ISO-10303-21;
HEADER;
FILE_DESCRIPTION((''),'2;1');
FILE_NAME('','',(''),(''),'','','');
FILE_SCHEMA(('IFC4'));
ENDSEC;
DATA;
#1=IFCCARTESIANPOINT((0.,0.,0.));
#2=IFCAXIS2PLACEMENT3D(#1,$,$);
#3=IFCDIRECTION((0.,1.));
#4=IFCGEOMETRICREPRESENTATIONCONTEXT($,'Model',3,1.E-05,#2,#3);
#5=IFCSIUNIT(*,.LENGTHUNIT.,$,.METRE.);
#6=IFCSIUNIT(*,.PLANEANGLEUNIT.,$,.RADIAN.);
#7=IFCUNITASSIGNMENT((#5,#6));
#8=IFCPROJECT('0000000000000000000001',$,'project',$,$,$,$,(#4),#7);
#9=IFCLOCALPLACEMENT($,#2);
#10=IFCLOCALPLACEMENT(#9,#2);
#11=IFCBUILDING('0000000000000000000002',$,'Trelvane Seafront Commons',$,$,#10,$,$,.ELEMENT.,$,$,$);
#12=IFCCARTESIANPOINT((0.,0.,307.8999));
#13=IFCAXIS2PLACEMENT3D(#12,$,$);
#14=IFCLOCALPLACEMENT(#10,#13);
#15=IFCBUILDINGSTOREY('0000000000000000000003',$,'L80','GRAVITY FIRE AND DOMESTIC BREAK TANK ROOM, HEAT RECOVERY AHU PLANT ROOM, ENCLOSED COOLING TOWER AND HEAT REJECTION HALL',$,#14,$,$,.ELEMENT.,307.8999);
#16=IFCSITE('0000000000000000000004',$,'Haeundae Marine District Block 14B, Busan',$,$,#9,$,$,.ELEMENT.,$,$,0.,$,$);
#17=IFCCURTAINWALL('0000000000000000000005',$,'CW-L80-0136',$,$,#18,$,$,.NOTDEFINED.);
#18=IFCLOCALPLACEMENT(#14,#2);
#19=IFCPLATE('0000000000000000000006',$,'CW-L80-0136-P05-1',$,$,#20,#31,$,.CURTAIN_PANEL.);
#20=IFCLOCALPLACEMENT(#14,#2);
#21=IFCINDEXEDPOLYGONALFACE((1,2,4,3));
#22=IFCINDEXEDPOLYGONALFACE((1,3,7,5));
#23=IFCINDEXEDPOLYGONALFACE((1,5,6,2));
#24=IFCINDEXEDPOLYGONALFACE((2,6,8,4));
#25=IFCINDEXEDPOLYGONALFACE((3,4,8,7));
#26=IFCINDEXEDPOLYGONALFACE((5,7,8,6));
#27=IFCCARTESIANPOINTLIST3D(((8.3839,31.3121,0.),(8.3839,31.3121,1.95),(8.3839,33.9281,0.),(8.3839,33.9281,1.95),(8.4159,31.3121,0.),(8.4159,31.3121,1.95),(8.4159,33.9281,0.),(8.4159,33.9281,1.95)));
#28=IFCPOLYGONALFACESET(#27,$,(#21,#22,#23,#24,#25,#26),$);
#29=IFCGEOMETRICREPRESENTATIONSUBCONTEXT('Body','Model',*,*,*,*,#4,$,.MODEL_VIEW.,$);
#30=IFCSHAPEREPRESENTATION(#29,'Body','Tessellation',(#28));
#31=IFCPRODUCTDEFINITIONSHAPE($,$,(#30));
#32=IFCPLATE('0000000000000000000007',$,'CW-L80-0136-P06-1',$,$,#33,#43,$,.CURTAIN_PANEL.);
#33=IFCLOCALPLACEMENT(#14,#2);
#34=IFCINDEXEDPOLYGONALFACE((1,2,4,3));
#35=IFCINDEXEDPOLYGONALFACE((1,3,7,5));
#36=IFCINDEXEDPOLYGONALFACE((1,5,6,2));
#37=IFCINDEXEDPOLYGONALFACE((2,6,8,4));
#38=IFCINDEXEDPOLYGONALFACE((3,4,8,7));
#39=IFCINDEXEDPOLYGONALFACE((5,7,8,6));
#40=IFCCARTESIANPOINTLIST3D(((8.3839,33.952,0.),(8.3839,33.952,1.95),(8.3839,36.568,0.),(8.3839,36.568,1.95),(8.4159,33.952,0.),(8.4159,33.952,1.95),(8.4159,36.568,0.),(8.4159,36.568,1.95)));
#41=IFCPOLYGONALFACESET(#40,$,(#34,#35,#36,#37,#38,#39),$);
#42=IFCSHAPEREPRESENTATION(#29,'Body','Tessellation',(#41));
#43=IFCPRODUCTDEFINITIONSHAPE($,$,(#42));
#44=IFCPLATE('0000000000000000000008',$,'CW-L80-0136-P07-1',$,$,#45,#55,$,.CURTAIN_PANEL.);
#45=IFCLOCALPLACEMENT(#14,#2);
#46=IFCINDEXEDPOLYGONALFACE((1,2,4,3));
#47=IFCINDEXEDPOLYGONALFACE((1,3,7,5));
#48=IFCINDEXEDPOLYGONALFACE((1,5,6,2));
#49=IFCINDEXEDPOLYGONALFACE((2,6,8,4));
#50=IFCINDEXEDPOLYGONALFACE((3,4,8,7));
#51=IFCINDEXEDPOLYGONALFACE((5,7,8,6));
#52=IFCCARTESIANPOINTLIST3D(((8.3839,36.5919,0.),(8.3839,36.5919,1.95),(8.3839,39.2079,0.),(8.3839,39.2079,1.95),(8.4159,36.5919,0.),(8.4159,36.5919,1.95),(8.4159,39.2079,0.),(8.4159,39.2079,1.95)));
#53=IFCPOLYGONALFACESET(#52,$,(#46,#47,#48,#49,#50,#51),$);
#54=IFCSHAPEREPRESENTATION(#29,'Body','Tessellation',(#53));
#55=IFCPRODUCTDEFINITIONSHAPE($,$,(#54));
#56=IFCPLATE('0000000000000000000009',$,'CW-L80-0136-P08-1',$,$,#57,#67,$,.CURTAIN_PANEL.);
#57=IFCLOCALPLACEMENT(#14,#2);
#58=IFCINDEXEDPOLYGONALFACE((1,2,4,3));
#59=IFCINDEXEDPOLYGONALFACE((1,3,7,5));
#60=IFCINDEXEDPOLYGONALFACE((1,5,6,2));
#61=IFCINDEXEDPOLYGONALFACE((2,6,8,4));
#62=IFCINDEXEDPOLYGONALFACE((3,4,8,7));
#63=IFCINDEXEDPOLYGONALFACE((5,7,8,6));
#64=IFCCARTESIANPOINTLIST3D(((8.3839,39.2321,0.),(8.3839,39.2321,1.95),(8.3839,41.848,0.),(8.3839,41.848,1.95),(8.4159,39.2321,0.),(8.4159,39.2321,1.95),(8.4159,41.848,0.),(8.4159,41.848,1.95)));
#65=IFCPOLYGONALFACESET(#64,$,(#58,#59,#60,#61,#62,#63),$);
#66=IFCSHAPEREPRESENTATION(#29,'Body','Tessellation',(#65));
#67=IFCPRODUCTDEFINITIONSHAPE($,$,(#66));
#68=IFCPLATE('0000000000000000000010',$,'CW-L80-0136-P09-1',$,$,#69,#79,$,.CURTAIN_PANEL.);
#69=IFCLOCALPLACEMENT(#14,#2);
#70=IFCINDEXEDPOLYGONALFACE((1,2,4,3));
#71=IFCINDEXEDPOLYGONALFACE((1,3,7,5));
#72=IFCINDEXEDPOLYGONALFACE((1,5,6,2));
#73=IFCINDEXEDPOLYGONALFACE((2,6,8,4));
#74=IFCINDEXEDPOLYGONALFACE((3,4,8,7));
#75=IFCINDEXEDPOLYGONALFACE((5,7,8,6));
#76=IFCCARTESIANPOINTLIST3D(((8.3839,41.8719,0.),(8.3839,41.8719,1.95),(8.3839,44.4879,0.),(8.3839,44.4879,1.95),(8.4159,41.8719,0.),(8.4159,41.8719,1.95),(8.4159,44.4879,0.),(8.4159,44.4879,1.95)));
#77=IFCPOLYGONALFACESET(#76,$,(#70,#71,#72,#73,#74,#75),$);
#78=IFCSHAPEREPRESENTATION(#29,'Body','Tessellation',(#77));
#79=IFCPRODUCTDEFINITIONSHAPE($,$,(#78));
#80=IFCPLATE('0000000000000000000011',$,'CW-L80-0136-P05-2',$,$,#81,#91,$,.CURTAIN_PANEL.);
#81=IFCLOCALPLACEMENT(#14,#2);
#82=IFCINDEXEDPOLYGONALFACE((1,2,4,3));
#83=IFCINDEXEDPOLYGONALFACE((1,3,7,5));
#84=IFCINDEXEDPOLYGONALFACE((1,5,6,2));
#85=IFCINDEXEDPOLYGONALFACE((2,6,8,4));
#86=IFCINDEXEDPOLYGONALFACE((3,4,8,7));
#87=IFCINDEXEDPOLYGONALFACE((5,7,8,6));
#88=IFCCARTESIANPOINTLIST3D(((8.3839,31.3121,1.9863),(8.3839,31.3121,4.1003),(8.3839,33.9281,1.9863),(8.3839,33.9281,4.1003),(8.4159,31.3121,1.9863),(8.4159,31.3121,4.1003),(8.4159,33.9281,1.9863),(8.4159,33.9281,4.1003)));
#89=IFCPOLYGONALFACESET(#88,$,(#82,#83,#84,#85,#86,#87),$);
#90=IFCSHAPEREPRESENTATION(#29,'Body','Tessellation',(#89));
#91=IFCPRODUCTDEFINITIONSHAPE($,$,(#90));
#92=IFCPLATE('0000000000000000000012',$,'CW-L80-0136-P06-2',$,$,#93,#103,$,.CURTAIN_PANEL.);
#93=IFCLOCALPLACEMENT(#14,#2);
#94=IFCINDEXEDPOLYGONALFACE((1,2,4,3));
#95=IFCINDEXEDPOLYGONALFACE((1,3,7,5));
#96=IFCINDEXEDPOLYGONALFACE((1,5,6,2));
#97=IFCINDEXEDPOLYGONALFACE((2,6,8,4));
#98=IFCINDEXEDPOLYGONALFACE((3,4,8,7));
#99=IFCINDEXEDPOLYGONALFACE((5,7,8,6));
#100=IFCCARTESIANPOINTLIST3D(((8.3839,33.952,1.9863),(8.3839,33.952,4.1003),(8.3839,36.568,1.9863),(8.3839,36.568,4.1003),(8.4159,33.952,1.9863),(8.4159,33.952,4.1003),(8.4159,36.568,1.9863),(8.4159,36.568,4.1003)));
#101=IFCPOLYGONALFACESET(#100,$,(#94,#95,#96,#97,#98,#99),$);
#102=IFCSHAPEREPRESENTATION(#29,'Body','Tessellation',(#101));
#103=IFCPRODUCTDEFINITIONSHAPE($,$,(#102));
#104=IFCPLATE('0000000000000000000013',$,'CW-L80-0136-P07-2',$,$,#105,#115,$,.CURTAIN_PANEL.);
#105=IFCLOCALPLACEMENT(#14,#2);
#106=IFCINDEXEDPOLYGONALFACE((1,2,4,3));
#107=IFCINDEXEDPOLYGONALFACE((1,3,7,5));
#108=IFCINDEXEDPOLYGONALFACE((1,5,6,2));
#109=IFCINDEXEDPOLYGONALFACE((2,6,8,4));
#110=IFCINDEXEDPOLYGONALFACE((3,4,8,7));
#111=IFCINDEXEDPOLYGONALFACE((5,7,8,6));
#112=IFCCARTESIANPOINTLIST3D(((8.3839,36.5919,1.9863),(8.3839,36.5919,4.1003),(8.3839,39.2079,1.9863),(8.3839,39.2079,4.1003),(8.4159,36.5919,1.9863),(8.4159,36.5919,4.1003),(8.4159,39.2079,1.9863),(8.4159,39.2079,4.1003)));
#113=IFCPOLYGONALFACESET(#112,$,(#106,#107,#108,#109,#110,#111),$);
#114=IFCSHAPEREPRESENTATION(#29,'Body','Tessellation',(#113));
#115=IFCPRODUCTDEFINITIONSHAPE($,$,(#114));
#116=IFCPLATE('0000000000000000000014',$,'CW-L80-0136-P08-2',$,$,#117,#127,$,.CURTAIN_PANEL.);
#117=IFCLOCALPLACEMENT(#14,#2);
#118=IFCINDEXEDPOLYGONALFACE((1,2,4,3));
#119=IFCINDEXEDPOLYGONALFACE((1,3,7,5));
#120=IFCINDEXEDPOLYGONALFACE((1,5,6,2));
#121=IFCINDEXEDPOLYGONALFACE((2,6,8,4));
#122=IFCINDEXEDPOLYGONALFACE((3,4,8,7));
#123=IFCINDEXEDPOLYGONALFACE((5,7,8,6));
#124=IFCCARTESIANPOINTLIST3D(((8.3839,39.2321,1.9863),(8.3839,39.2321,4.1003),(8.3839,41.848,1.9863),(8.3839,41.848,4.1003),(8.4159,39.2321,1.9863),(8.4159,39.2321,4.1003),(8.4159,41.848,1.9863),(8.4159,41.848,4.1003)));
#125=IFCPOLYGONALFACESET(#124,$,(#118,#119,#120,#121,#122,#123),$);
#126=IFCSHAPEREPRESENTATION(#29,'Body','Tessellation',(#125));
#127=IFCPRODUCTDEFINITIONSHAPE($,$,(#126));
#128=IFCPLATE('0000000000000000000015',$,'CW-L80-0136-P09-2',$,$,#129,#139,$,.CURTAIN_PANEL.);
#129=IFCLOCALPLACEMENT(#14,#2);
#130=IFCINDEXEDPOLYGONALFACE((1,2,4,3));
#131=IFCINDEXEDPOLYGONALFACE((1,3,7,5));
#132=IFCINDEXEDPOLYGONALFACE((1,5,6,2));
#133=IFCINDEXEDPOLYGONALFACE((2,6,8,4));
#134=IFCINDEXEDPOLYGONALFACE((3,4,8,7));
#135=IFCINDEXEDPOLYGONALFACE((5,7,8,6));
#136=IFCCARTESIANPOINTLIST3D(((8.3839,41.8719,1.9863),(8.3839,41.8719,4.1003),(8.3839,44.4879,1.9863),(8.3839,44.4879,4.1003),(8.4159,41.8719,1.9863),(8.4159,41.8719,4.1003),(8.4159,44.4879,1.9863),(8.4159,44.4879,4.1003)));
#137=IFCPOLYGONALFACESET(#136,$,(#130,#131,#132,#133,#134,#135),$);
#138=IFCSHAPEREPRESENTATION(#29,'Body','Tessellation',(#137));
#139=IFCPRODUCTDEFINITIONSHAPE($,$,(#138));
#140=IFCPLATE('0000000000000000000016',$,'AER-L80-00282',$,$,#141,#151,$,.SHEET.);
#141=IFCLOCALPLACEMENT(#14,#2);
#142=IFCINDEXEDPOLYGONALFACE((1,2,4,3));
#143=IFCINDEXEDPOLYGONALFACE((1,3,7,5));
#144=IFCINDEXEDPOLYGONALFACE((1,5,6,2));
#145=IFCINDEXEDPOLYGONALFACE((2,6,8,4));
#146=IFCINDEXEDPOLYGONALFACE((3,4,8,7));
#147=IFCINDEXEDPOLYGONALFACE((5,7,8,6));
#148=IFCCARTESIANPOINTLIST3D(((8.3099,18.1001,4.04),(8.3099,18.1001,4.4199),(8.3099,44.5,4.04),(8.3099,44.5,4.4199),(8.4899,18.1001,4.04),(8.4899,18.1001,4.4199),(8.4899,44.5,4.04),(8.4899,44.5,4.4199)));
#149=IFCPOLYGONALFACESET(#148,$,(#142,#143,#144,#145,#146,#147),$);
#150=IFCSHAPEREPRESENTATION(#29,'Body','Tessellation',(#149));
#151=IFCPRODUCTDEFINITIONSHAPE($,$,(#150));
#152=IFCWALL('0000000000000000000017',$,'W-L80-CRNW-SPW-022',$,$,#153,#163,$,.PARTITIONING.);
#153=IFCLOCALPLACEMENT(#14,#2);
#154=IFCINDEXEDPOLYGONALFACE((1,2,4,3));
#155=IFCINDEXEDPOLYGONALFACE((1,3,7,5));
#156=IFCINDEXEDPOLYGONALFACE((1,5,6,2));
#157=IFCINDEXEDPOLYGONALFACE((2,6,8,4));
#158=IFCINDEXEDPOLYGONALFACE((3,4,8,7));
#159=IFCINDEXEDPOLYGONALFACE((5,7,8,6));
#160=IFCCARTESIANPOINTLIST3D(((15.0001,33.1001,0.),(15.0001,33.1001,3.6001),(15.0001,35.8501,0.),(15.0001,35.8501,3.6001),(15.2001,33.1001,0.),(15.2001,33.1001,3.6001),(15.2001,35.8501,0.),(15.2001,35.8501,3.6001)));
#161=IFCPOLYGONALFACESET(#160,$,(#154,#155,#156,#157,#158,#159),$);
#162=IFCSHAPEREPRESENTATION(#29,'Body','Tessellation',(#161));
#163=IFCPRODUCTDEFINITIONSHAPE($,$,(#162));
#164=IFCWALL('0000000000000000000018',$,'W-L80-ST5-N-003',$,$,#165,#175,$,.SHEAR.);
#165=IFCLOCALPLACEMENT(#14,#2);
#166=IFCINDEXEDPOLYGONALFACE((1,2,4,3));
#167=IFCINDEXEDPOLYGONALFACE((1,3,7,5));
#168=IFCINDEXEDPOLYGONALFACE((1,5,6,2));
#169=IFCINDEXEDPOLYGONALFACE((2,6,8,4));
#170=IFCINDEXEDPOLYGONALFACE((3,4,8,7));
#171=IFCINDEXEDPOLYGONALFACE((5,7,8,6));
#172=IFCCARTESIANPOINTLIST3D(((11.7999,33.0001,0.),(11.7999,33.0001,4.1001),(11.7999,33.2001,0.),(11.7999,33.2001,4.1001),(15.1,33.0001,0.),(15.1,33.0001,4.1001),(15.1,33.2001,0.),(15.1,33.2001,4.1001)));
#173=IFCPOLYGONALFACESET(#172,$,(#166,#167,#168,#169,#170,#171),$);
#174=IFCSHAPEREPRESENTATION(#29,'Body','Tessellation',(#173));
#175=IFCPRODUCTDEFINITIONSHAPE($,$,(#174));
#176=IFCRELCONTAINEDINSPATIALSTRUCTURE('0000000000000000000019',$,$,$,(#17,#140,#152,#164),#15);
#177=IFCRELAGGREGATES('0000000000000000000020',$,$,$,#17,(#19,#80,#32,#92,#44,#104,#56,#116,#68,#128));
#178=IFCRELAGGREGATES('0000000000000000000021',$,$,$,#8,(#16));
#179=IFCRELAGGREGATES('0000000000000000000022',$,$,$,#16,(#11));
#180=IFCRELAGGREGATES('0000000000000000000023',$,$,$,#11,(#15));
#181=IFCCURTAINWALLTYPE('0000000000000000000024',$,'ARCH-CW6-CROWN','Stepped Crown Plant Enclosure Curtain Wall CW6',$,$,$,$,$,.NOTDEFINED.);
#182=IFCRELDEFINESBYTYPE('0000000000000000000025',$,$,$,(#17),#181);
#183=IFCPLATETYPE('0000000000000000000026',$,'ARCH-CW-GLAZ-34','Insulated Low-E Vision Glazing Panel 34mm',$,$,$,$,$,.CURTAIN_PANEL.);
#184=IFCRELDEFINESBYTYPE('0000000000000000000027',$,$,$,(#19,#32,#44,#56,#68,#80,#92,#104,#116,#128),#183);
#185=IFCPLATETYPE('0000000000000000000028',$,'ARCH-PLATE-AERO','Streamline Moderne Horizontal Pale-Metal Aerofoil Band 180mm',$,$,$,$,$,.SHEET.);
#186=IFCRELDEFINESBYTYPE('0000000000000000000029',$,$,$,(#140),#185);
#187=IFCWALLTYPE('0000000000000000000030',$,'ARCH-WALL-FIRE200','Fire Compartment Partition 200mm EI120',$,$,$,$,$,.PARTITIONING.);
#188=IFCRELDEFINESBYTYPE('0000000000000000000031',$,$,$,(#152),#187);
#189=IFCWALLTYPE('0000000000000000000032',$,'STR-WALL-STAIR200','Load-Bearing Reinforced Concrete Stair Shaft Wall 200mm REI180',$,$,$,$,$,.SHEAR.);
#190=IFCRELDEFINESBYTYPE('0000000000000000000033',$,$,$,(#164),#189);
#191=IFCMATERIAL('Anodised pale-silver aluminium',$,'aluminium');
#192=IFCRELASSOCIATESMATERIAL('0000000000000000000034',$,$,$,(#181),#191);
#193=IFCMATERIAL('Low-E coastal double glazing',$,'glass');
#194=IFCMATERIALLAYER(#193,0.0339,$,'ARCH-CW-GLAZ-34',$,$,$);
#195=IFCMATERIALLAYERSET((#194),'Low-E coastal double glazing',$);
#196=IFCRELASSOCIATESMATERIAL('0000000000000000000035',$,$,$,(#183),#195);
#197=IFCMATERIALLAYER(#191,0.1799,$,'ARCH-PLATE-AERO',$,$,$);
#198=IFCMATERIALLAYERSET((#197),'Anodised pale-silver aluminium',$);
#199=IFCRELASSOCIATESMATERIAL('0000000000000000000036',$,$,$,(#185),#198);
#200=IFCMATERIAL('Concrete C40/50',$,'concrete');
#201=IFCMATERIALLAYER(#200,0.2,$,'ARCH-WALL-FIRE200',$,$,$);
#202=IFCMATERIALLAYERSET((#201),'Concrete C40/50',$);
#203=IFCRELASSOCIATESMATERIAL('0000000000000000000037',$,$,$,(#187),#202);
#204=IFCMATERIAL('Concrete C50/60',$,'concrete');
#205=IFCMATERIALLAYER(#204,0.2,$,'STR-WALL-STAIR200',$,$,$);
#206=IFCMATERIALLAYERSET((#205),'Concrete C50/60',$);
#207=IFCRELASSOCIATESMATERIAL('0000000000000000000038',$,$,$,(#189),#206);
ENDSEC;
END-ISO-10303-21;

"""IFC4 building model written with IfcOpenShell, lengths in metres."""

from ifc_helpers import new_model, si_unit, direction, frame, frame_2d, origin, origin_2d, place, context, subcontext, project, spatial, rectangle, extrude, source, transform, mapped, material, layer, layer_set, type_object, element, aggregate, save


model = new_model("IFC4")

# Units and contexts
model_context = context("Model", 3, precision=1e-05, world=origin(), true_north=direction((0.0, 1.0)))
body_context = subcontext(model_context, "Body", "Model", "MODEL_VIEW")
ifc_project = project(units=[si_unit("LENGTHUNIT", "METRE"), si_unit("PLANEANGLEUNIT", "RADIAN")], contexts=[model_context])

# Site, building, storey
site_placement = place(None, origin())
site = spatial("IfcSite", under=ifc_project, at=site_placement, Name="Haeundae Marine District Block 14B, Busan", CompositionType="ELEMENT", RefElevation=0.0)
building_placement = place(site_placement, origin())
building = spatial("IfcBuilding", under=site, at=building_placement, Name="Trelvane Seafront Commons", CompositionType="ELEMENT")
storey_placement = place(building_placement, frame((0.0, 0.0, 307.8999)))
storey = spatial("IfcBuildingStorey", under=building, at=storey_placement, Name="L80", Description="GRAVITY FIRE AND DOMESTIC BREAK TANK ROOM, HEAT RECOVERY AHU PLANT ROOM, ENCLOSED COOLING TOWER AND HEAT REJECTION HALL", CompositionType="ELEMENT", Elevation=307.8999)

# Curtain wall
ifc_material_1 = material(Name="Anodised pale-silver aluminium", Category="aluminium")
curtain_wall_type = type_object("IfcCurtainWallType", Name="ARCH-CW6-CROWN", Description="Stepped Crown Plant Enclosure Curtain Wall CW6", PredefinedType="NOTDEFINED", material=ifc_material_1)
curtain_wall_placement = place(storey_placement, origin())
curtain_wall = element("IfcCurtainWall", 1, at=curtain_wall_placement, inside=storey, type_object=curtain_wall_type, Name="CW-L80-0136", PredefinedType="NOTDEFINED")

# Plates
ifc_material_2 = material(Name="Low-E coastal double glazing", Category="glass")
ifc_layer_1 = layer(ifc_material_2, 0.0339, Name="ARCH-CW-GLAZ-34")
ifc_layer_set_1 = layer_set([ifc_layer_1], Name="Low-E coastal double glazing")
plate_type_1 = type_object("IfcPlateType", Name="ARCH-CW-GLAZ-34", Description="Insulated Low-E Vision Glazing Panel 34mm", PredefinedType="CURTAIN_PANEL", material=ifc_layer_set_1)
shared_shape_1 = source(origin(), body_context, "Body", "SweptSolid", [
    extrude(rectangle(XDim=2.616, YDim=0.032, at=origin_2d()), origin(), (0.0, 0.0, 1.0), 1.95),
])
plate_1_placement = place(storey_placement, frame((8.3999, 32.6201, 0.0), z_axis=(0.0, 0.0, 1.0), x_axis=(0.0, 1.0, 0.0)))
plate_1 = element("IfcPlate", 2, at=plate_1_placement, type_object=plate_type_1, Name="CW-L80-0136-P05-1", PredefinedType="CURTAIN_PANEL", context=body_context, shape_type="MappedRepresentation", body=[
    mapped(shared_shape_1, transform((0.0, 0.0, 0.0), x_axis=(1.0, 0.0, 0.0), y_axis=(0.0, 1.0, 0.0), z_axis=(0.0, 0.0, 1.0), scale=1.0)),
])
plate_2_placement = place(storey_placement, frame((8.3999, 35.26, 0.0), z_axis=(0.0, 0.0, 1.0), x_axis=(0.0, 1.0, 0.0)))
plate_2 = element("IfcPlate", 3, at=plate_2_placement, type_object=plate_type_1, Name="CW-L80-0136-P06-1", PredefinedType="CURTAIN_PANEL", context=body_context, shape_type="MappedRepresentation", body=[
    mapped(shared_shape_1, transform((0.0, 0.0, 0.0), x_axis=(1.0, 0.0, 0.0), y_axis=(0.0, 1.0, 0.0), z_axis=(0.0, 0.0, 1.0), scale=1.0)),
])
plate_3_placement = place(storey_placement, frame((8.3999, 37.8999, 0.0), z_axis=(0.0, 0.0, 1.0), x_axis=(0.0, 1.0, 0.0)))
plate_3 = element("IfcPlate", 4, at=plate_3_placement, type_object=plate_type_1, Name="CW-L80-0136-P07-1", PredefinedType="CURTAIN_PANEL", context=body_context, shape_type="MappedRepresentation", body=[
    mapped(shared_shape_1, transform((0.0, 0.0, 0.0), x_axis=(1.0, 0.0, 0.0), y_axis=(0.0, 1.0, 0.0), z_axis=(0.0, 0.0, 1.0), scale=1.0)),
])
plate_4_placement = place(storey_placement, frame((8.3999, 40.54, 0.0), z_axis=(0.0, 0.0, 1.0), x_axis=(0.0, 1.0, 0.0)))
plate_4 = element("IfcPlate", 5, at=plate_4_placement, type_object=plate_type_1, Name="CW-L80-0136-P08-1", PredefinedType="CURTAIN_PANEL", context=body_context, shape_type="MappedRepresentation", body=[
    mapped(shared_shape_1, transform((0.0, 0.0, 0.0), x_axis=(1.0, 0.0, 0.0), y_axis=(0.0, 1.0, 0.0), z_axis=(0.0, 0.0, 1.0), scale=1.0)),
])
plate_5_placement = place(storey_placement, frame((8.3999, 43.1799, 0.0), z_axis=(0.0, 0.0, 1.0), x_axis=(0.0, 1.0, 0.0)))
plate_5 = element("IfcPlate", 6, at=plate_5_placement, type_object=plate_type_1, Name="CW-L80-0136-P09-1", PredefinedType="CURTAIN_PANEL", context=body_context, shape_type="MappedRepresentation", body=[
    mapped(shared_shape_1, transform((0.0, 0.0, 0.0), x_axis=(1.0, 0.0, 0.0), y_axis=(0.0, 1.0, 0.0), z_axis=(0.0, 0.0, 1.0), scale=1.0)),
])
shared_shape_2 = source(origin(), body_context, "Body", "SweptSolid", [
    extrude(rectangle(XDim=2.616, YDim=0.032, at=origin_2d()), origin(), (0.0, 0.0, 1.0), 2.114),
])
plate_6_placement = place(storey_placement, frame((8.3999, 32.6201, 1.9863), z_axis=(0.0, 0.0, 1.0), x_axis=(0.0, 1.0, 0.0)))
plate_6 = element("IfcPlate", 7, at=plate_6_placement, type_object=plate_type_1, Name="CW-L80-0136-P05-2", PredefinedType="CURTAIN_PANEL", context=body_context, shape_type="MappedRepresentation", body=[
    mapped(shared_shape_2, transform((0.0, 0.0, 0.0), x_axis=(1.0, 0.0, 0.0), y_axis=(0.0, 1.0, 0.0), z_axis=(0.0, 0.0, 1.0), scale=1.0)),
])
plate_7_placement = place(storey_placement, frame((8.3999, 35.26, 1.9863), z_axis=(0.0, 0.0, 1.0), x_axis=(0.0, 1.0, 0.0)))
plate_7 = element("IfcPlate", 8, at=plate_7_placement, type_object=plate_type_1, Name="CW-L80-0136-P06-2", PredefinedType="CURTAIN_PANEL", context=body_context, shape_type="MappedRepresentation", body=[
    mapped(shared_shape_2, transform((0.0, 0.0, 0.0), x_axis=(1.0, 0.0, 0.0), y_axis=(0.0, 1.0, 0.0), z_axis=(0.0, 0.0, 1.0), scale=1.0)),
])
plate_8_placement = place(storey_placement, frame((8.3999, 37.8999, 1.9863), z_axis=(0.0, 0.0, 1.0), x_axis=(0.0, 1.0, 0.0)))
plate_8 = element("IfcPlate", 9, at=plate_8_placement, type_object=plate_type_1, Name="CW-L80-0136-P07-2", PredefinedType="CURTAIN_PANEL", context=body_context, shape_type="MappedRepresentation", body=[
    mapped(shared_shape_2, transform((0.0, 0.0, 0.0), x_axis=(1.0, 0.0, 0.0), y_axis=(0.0, 1.0, 0.0), z_axis=(0.0, 0.0, 1.0), scale=1.0)),
])
plate_9_placement = place(storey_placement, frame((8.3999, 40.54, 1.9863), z_axis=(0.0, 0.0, 1.0), x_axis=(0.0, 1.0, 0.0)))
plate_9 = element("IfcPlate", 10, at=plate_9_placement, type_object=plate_type_1, Name="CW-L80-0136-P08-2", PredefinedType="CURTAIN_PANEL", context=body_context, shape_type="MappedRepresentation", body=[
    mapped(shared_shape_2, transform((0.0, 0.0, 0.0), x_axis=(1.0, 0.0, 0.0), y_axis=(0.0, 1.0, 0.0), z_axis=(0.0, 0.0, 1.0), scale=1.0)),
])
plate_10_placement = place(storey_placement, frame((8.3999, 43.1799, 1.9863), z_axis=(0.0, 0.0, 1.0), x_axis=(0.0, 1.0, 0.0)))
plate_10 = element("IfcPlate", 11, at=plate_10_placement, type_object=plate_type_1, Name="CW-L80-0136-P09-2", PredefinedType="CURTAIN_PANEL", context=body_context, shape_type="MappedRepresentation", body=[
    mapped(shared_shape_2, transform((0.0, 0.0, 0.0), x_axis=(1.0, 0.0, 0.0), y_axis=(0.0, 1.0, 0.0), z_axis=(0.0, 0.0, 1.0), scale=1.0)),
])
aggregate(curtain_wall, [plate_1, plate_6, plate_2, plate_7, plate_3, plate_8, plate_4, plate_9, plate_5, plate_10])
ifc_layer_2 = layer(ifc_material_1, 0.1799, Name="ARCH-PLATE-AERO")
ifc_layer_set_2 = layer_set([ifc_layer_2], Name="Anodised pale-silver aluminium")
plate_type_2 = type_object("IfcPlateType", Name="ARCH-PLATE-AERO", Description="Streamline Moderne Horizontal Pale-Metal Aerofoil Band 180mm", PredefinedType="SHEET", material=ifc_layer_set_2)
shared_shape_3 = source(origin(), body_context, "Body", "SweptSolid", [
    extrude(rectangle(XDim=26.3999, YDim=0.1799, at=origin_2d()), origin(), (0.0, 0.0, 1.0), 0.3799),
])
plate_11_placement = place(storey_placement, frame((8.3999, 31.3, 4.04), z_axis=(0.0, 0.0, 1.0), x_axis=(0.0, 1.0, 0.0)))
element("IfcPlate", 12, at=plate_11_placement, inside=storey, type_object=plate_type_2, Name="AER-L80-00282", PredefinedType="SHEET", context=body_context, shape_type="MappedRepresentation", body=[
    mapped(shared_shape_3, transform((0.0, 0.0, 0.0), x_axis=(1.0, 0.0, 0.0), y_axis=(0.0, 1.0, 0.0), z_axis=(0.0, 0.0, 1.0), scale=1.0)),
])

# Shared definitions
ifc_material_3 = material(Name="Concrete C40/50", Category="concrete")
ifc_layer_3 = layer(ifc_material_3, 0.2, Name="ARCH-WALL-FIRE200")
ifc_layer_set_3 = layer_set([ifc_layer_3], Name="Concrete C40/50")
wall_type_1 = type_object("IfcWallType", Name="ARCH-WALL-FIRE200", Description="Fire Compartment Partition 200mm EI120", PredefinedType="PARTITIONING", material=ifc_layer_set_3)

# Walls
wall_1_placement = place(storey_placement, frame((15.1001, 33.1001, 0.0), z_axis=(0.0, 0.0, 1.0), x_axis=(0.0, 1.0, 0.0)))
element("IfcWall", 13, at=wall_1_placement, inside=storey, type_object=wall_type_1, Name="W-L80-CRNW-SPW-022", PredefinedType="PARTITIONING", context=body_context, shape_type="SweptSolid", body=[
    extrude(rectangle(XDim=2.75, YDim=0.2, at=frame_2d((1.375, 0.0))), origin(), (0.0, 0.0, 1.0), 3.6001),
])
ifc_material_4 = material(Name="Concrete C50/60", Category="concrete")
ifc_layer_4 = layer(ifc_material_4, 0.2, Name="STR-WALL-STAIR200")
ifc_layer_set_4 = layer_set([ifc_layer_4], Name="Concrete C50/60")
wall_type_2 = type_object("IfcWallType", Name="STR-WALL-STAIR200", Description="Load-Bearing Reinforced Concrete Stair Shaft Wall 200mm REI180", PredefinedType="SHEAR", material=ifc_layer_set_4)
wall_2_placement = place(storey_placement, frame((11.8, 33.1001, 0.0), z_axis=(0.0, 0.0, 1.0), x_axis=(1.0, 0.0, 0.0)))
element("IfcWall", 14, at=wall_2_placement, inside=storey, type_object=wall_type_2, Name="W-L80-ST5-N-003", PredefinedType="SHEAR", context=body_context, shape_type="SweptSolid", body=[
    extrude(rectangle(XDim=3.3, YDim=0.2, at=frame_2d((1.6499, 0.0))), origin(), (0.0, 0.0, 1.0), 4.1001),
])

save(model, "model.ifc")
